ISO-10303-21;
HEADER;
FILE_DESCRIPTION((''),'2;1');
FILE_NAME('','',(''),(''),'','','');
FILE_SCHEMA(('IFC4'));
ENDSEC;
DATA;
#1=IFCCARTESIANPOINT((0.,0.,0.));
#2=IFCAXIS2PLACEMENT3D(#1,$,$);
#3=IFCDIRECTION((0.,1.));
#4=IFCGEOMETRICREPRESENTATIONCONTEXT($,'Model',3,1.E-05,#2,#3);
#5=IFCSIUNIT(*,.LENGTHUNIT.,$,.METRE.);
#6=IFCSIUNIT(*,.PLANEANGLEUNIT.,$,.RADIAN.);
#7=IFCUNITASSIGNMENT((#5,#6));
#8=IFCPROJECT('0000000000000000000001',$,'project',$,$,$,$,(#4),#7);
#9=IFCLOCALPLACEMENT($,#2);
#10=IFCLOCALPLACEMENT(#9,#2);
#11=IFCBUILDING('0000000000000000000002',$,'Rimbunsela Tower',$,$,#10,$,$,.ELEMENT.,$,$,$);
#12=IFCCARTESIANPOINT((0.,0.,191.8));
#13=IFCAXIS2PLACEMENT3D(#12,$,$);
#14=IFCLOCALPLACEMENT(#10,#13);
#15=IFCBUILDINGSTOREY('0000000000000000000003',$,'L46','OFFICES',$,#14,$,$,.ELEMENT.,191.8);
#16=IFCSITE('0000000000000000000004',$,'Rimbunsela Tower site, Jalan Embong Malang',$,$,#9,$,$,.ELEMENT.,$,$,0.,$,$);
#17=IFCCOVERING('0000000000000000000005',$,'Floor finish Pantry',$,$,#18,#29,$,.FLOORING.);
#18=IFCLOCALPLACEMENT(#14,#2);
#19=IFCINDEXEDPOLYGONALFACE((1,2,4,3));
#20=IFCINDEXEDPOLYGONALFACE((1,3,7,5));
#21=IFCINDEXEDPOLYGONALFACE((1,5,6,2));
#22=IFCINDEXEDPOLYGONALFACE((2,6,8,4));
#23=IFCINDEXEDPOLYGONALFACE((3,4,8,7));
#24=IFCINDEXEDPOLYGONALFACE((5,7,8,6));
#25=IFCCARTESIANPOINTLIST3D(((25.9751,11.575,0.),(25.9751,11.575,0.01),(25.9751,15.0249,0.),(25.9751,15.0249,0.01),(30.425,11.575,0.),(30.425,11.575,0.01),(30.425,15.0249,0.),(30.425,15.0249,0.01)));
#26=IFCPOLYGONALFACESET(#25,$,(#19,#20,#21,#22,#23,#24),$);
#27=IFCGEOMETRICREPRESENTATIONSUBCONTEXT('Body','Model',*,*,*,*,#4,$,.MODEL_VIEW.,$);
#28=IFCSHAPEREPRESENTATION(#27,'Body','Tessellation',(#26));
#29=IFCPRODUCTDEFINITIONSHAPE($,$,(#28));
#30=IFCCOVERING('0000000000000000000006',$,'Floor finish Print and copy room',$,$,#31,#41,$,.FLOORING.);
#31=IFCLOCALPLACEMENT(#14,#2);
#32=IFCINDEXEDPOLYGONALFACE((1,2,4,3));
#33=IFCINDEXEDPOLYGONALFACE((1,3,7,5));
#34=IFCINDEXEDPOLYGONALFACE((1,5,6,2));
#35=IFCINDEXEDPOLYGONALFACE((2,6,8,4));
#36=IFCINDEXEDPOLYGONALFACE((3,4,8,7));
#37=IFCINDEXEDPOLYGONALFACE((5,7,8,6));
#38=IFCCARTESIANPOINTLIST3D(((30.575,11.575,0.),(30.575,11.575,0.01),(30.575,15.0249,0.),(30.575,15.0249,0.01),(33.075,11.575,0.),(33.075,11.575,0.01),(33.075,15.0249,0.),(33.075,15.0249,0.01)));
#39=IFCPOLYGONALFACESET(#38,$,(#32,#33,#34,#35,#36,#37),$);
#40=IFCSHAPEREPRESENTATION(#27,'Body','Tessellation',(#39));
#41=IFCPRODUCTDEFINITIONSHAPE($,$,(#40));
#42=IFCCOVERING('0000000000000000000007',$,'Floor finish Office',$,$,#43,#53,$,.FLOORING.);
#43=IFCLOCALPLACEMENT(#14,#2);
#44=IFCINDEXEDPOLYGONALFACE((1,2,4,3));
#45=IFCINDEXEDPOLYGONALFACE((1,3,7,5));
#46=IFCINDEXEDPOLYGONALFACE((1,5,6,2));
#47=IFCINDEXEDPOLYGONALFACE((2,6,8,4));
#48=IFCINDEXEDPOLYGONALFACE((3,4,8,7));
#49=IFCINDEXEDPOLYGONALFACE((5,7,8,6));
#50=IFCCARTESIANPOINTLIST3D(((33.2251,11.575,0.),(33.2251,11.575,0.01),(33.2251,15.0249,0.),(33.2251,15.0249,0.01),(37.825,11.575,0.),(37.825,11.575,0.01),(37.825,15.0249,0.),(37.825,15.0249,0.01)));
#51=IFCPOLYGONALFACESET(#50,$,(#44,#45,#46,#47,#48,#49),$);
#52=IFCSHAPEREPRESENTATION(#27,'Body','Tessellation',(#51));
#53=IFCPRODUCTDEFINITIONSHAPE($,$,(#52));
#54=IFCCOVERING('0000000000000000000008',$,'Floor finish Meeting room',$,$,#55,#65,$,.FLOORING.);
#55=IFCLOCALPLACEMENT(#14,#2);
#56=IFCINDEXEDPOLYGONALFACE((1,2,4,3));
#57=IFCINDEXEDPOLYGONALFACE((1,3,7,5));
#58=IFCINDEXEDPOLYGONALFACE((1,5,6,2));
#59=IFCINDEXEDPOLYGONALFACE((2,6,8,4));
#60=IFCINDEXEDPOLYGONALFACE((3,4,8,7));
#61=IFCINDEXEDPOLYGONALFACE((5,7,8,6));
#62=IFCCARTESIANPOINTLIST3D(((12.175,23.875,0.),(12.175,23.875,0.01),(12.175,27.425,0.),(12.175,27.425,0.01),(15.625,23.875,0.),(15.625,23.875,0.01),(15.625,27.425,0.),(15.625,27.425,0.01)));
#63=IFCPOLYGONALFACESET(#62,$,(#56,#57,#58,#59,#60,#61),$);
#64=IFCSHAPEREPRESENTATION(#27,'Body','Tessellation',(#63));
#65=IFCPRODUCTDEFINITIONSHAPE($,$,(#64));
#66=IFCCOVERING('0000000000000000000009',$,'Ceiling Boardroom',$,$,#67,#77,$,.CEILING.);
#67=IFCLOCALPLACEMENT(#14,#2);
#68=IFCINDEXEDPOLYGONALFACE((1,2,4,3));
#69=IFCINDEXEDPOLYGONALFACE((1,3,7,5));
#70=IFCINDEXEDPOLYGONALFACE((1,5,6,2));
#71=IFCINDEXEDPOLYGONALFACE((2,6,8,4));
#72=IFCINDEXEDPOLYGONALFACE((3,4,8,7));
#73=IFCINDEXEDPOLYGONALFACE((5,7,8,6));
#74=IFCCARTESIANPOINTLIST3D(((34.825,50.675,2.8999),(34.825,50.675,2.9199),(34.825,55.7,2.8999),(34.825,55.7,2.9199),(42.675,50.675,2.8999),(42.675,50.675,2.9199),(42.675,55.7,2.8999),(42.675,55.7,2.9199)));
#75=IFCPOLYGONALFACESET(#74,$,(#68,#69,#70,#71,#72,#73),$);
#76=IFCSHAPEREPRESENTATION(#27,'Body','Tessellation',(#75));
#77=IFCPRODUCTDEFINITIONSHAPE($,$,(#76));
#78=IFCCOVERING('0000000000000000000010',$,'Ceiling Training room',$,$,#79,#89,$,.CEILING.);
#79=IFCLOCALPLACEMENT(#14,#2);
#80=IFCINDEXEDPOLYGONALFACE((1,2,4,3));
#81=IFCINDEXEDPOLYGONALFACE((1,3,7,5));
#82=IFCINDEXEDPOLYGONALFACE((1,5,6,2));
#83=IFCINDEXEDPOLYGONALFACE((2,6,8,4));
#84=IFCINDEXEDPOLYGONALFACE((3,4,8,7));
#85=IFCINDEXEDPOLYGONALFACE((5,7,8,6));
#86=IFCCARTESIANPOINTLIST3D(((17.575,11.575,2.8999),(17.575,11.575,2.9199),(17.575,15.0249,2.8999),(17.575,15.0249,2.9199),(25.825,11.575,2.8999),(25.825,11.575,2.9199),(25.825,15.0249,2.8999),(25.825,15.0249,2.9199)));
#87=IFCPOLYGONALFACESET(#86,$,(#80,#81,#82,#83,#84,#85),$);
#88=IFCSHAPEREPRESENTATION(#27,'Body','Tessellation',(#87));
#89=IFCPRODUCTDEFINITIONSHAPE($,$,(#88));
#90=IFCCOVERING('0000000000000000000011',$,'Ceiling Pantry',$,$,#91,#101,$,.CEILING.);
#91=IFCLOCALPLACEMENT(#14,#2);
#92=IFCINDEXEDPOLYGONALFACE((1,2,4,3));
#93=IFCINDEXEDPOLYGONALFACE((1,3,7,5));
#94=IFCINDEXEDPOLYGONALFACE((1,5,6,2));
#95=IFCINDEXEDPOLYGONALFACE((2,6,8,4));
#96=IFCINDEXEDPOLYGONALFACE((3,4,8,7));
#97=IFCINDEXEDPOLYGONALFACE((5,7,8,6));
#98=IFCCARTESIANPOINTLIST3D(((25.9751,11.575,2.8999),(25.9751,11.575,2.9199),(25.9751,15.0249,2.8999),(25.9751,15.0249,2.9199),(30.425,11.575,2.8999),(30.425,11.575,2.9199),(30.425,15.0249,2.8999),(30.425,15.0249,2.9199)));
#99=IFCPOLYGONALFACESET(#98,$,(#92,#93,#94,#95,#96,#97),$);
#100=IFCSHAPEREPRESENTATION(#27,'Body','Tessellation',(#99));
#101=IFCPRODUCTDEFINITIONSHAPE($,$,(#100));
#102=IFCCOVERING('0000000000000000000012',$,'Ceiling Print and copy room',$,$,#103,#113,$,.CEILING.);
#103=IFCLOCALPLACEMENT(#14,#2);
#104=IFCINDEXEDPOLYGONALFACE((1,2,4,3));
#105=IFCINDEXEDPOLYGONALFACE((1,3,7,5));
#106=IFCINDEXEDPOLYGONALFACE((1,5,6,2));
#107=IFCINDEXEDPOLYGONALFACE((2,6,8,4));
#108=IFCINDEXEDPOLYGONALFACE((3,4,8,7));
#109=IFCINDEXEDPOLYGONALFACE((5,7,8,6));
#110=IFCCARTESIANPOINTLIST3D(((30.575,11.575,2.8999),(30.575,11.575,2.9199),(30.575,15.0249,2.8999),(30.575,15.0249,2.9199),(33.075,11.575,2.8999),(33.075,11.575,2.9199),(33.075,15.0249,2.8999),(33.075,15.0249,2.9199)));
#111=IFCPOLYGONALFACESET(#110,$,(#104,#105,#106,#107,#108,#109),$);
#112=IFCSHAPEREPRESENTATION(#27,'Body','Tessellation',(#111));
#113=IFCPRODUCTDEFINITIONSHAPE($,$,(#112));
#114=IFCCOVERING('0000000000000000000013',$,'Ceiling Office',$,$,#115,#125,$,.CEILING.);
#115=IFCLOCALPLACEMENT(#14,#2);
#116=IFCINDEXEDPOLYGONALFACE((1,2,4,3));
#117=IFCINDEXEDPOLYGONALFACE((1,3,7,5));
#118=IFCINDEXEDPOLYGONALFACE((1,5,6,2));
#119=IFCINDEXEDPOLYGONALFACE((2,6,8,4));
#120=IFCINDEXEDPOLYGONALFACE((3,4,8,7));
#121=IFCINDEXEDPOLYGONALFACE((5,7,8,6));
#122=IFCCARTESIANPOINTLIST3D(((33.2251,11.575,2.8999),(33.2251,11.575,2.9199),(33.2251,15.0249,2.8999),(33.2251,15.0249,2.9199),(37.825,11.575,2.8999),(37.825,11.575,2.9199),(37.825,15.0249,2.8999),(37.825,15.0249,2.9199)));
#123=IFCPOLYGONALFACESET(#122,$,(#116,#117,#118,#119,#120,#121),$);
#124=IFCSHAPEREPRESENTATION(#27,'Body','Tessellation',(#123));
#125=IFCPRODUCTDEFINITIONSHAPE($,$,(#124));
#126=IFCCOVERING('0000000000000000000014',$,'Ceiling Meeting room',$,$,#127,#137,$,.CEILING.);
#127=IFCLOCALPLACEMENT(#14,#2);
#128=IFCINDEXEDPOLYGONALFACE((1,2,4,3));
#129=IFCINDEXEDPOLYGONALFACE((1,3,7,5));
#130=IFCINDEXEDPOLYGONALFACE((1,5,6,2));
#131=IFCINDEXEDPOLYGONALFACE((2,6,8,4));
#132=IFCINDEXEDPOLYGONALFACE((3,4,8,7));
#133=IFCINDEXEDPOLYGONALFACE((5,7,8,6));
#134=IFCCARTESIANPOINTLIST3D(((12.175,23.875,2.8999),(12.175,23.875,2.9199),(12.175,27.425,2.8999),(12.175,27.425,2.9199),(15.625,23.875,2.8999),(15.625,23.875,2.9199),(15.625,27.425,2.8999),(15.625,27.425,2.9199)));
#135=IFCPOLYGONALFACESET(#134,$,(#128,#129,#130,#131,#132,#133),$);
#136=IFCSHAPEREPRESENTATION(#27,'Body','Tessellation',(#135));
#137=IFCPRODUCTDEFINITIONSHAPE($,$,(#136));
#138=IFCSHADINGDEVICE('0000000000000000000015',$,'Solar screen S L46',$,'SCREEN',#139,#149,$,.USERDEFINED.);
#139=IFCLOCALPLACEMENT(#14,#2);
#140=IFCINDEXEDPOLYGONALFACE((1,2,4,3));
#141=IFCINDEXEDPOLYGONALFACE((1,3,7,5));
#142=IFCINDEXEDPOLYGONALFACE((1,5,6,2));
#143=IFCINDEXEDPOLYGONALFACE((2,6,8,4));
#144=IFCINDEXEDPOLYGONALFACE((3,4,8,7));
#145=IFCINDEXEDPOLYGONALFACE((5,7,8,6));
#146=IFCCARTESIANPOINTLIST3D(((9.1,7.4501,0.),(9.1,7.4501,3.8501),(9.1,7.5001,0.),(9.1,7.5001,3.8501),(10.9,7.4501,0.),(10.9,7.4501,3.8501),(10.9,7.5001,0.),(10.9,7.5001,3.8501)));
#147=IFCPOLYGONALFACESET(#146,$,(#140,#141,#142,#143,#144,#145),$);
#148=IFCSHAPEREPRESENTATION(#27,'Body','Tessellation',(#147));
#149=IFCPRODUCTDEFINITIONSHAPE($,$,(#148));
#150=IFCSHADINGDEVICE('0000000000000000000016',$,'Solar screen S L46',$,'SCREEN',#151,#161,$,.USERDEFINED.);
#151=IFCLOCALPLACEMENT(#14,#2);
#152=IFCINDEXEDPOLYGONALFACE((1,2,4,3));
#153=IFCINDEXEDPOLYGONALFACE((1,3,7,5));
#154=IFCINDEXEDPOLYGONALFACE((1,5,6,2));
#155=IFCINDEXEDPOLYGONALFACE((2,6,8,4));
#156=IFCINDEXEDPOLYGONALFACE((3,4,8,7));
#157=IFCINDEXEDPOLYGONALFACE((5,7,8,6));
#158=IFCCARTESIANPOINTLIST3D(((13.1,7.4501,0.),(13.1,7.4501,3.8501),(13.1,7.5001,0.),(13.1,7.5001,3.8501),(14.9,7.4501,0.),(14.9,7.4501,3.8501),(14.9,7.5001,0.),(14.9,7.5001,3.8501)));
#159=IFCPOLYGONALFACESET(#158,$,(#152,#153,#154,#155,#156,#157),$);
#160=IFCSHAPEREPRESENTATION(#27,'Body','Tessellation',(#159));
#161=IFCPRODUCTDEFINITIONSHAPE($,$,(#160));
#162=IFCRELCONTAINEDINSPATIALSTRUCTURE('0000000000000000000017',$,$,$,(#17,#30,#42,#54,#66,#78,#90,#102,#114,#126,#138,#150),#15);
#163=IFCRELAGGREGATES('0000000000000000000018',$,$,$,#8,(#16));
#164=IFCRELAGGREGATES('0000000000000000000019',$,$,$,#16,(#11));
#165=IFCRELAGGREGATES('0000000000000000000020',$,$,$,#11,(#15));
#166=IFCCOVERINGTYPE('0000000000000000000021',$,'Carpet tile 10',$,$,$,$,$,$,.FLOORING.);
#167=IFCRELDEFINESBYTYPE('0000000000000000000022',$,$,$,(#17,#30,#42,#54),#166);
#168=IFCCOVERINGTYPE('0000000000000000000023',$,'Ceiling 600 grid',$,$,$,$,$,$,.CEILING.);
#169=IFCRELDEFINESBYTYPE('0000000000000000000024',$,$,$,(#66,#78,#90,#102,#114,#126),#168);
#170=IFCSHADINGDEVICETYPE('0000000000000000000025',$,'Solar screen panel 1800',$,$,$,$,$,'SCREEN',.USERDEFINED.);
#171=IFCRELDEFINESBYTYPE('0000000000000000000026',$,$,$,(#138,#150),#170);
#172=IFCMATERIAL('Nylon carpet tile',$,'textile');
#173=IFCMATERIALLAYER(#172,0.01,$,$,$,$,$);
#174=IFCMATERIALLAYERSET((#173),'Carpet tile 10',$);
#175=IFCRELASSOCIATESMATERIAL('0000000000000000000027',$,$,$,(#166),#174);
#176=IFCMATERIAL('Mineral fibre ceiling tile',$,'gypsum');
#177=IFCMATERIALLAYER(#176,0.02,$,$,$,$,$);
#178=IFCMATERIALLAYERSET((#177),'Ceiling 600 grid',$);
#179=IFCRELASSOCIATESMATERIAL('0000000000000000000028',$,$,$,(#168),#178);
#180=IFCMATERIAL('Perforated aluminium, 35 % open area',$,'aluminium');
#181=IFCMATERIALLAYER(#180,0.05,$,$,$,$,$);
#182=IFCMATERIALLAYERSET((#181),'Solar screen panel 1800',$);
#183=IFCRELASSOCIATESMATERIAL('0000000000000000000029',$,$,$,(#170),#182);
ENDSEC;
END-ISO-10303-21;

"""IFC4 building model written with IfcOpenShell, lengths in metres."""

from ifc_helpers import new_model, si_unit, direction, frame, origin, origin_2d, place, context, subcontext, project, spatial, polyline, rectangle, outline, extrude, material, layer, layer_set, type_object, element, save


model = new_model("IFC4")

# Units and contexts
model_context = context("Model", 3, precision=1e-05, world=origin(), true_north=direction((0.0, 1.0)))
body_context = subcontext(model_context, "Body", "Model", "MODEL_VIEW")
ifc_project = project(units=[si_unit("LENGTHUNIT", "METRE"), si_unit("PLANEANGLEUNIT", "RADIAN")], contexts=[model_context])

# Site, building, storey
site_placement = place(None, origin())
site = spatial("IfcSite", under=ifc_project, at=site_placement, Name="Rimbunsela Tower site, Jalan Embong Malang", CompositionType="ELEMENT", RefElevation=0.0)
building_placement = place(site_placement, origin())
building = spatial("IfcBuilding", under=site, at=building_placement, Name="Rimbunsela Tower", CompositionType="ELEMENT")
storey_placement = place(building_placement, frame((0.0, 0.0, 191.8)))
storey = spatial("IfcBuildingStorey", under=building, at=storey_placement, Name="L46", Description="OFFICES", CompositionType="ELEMENT", Elevation=191.8)

# Coverings
ifc_material_1 = material(Name="Nylon carpet tile", Category="textile")
ifc_layer_1 = layer(ifc_material_1, 0.01)
ifc_layer_set_1 = layer_set([ifc_layer_1], Name="Carpet tile 10")
covering_type_1 = type_object("IfcCoveringType", Name="Carpet tile 10", PredefinedType="FLOORING", material=ifc_layer_set_1)
covering_1_placement = place(storey_placement, origin())
element("IfcCovering", 1, at=covering_1_placement, inside=storey, type_object=covering_type_1, Name="Floor finish Pantry", PredefinedType="FLOORING", context=body_context, shape_type="SweptSolid", body=[
    extrude(outline(polyline([(30.425, 11.575), (30.425, 15.0249), (25.9751, 15.0249), (25.9751, 11.575), (30.425, 11.575)])), origin(), (0.0, 0.0, 1.0), 0.01),
])
covering_2_placement = place(storey_placement, origin())
element("IfcCovering", 2, at=covering_2_placement, inside=storey, type_object=covering_type_1, Name="Floor finish Print and copy room", PredefinedType="FLOORING", context=body_context, shape_type="SweptSolid", body=[
    extrude(outline(polyline([(33.075, 11.575), (33.075, 15.0249), (30.575, 15.0249), (30.575, 11.575), (33.075, 11.575)])), origin(), (0.0, 0.0, 1.0), 0.01),
])
covering_3_placement = place(storey_placement, origin())
element("IfcCovering", 3, at=covering_3_placement, inside=storey, type_object=covering_type_1, Name="Floor finish Office", PredefinedType="FLOORING", context=body_context, shape_type="SweptSolid", body=[
    extrude(outline(polyline([(37.825, 11.575), (37.825, 15.0249), (33.2251, 15.0249), (33.2251, 11.575), (37.825, 11.575)])), origin(), (0.0, 0.0, 1.0), 0.01),
])
covering_4_placement = place(storey_placement, origin())
element("IfcCovering", 4, at=covering_4_placement, inside=storey, type_object=covering_type_1, Name="Floor finish Meeting room", PredefinedType="FLOORING", context=body_context, shape_type="SweptSolid", body=[
    extrude(outline(polyline([(15.625, 23.875), (15.625, 27.425), (12.175, 27.425), (12.175, 23.875), (15.625, 23.875)])), origin(), (0.0, 0.0, 1.0), 0.01),
])
ifc_material_2 = material(Name="Mineral fibre ceiling tile", Category="gypsum")
ifc_layer_2 = layer(ifc_material_2, 0.02)
ifc_layer_set_2 = layer_set([ifc_layer_2], Name="Ceiling 600 grid")
covering_type_2 = type_object("IfcCoveringType", Name="Ceiling 600 grid", PredefinedType="CEILING", material=ifc_layer_set_2)
covering_5_placement = place(storey_placement, frame((0.0, 0.0, 2.8999)))
element("IfcCovering", 5, at=covering_5_placement, inside=storey, type_object=covering_type_2, Name="Ceiling Boardroom", PredefinedType="CEILING", context=body_context, shape_type="SweptSolid", body=[
    extrude(outline(polyline([(42.675, 50.675), (42.675, 55.7), (34.825, 55.7), (34.825, 50.675), (42.675, 50.675)])), origin(), (0.0, 0.0, 1.0), 0.02),
])
covering_6_placement = place(storey_placement, frame((0.0, 0.0, 2.8999)))
element("IfcCovering", 6, at=covering_6_placement, inside=storey, type_object=covering_type_2, Name="Ceiling Training room", PredefinedType="CEILING", context=body_context, shape_type="SweptSolid", body=[
    extrude(outline(polyline([(25.825, 11.575), (25.825, 15.0249), (17.575, 15.0249), (17.575, 11.575), (25.825, 11.575)])), origin(), (0.0, 0.0, 1.0), 0.02),
])
covering_7_placement = place(storey_placement, frame((0.0, 0.0, 2.8999)))
element("IfcCovering", 7, at=covering_7_placement, inside=storey, type_object=covering_type_2, Name="Ceiling Pantry", PredefinedType="CEILING", context=body_context, shape_type="SweptSolid", body=[
    extrude(outline(polyline([(30.425, 11.575), (30.425, 15.0249), (25.9751, 15.0249), (25.9751, 11.575), (30.425, 11.575)])), origin(), (0.0, 0.0, 1.0), 0.02),
])
covering_8_placement = place(storey_placement, frame((0.0, 0.0, 2.8999)))
element("IfcCovering", 8, at=covering_8_placement, inside=storey, type_object=covering_type_2, Name="Ceiling Print and copy room", PredefinedType="CEILING", context=body_context, shape_type="SweptSolid", body=[
    extrude(outline(polyline([(33.075, 11.575), (33.075, 15.0249), (30.575, 15.0249), (30.575, 11.575), (33.075, 11.575)])), origin(), (0.0, 0.0, 1.0), 0.02),
])
covering_9_placement = place(storey_placement, frame((0.0, 0.0, 2.8999)))
element("IfcCovering", 9, at=covering_9_placement, inside=storey, type_object=covering_type_2, Name="Ceiling Office", PredefinedType="CEILING", context=body_context, shape_type="SweptSolid", body=[
    extrude(outline(polyline([(37.825, 11.575), (37.825, 15.0249), (33.2251, 15.0249), (33.2251, 11.575), (37.825, 11.575)])), origin(), (0.0, 0.0, 1.0), 0.02),
])
covering_10_placement = place(storey_placement, frame((0.0, 0.0, 2.8999)))
element("IfcCovering", 10, at=covering_10_placement, inside=storey, type_object=covering_type_2, Name="Ceiling Meeting room", PredefinedType="CEILING", context=body_context, shape_type="SweptSolid", body=[
    extrude(outline(polyline([(15.625, 23.875), (15.625, 27.425), (12.175, 27.425), (12.175, 23.875), (15.625, 23.875)])), origin(), (0.0, 0.0, 1.0), 0.02),
])

# Shading devices
ifc_material_3 = material(Name="Perforated aluminium, 35 % open area", Category="aluminium")
ifc_layer_3 = layer(ifc_material_3, 0.05)
ifc_layer_set_3 = layer_set([ifc_layer_3], Name="Solar screen panel 1800")
shading_device_type = type_object("IfcShadingDeviceType", Name="Solar screen panel 1800", ElementType="SCREEN", PredefinedType="USERDEFINED", material=ifc_layer_set_3)
for number, where, z_axis, x_axis, name in (
    (11, (10.0, 7.4751, 0.0), (0.0, 0.0, 1.0), (1.0, 0.0, 0.0), "Solar screen S L46"),
    (12, (14.0, 7.4751, 0.0), (0.0, 0.0, 1.0), (1.0, 0.0, 0.0), "Solar screen S L46"),
):
    element("IfcShadingDevice", number, at=place(storey_placement, frame(where, z_axis=z_axis, x_axis=x_axis)), inside=storey, type_object=shading_device_type, Name=name, ObjectType="SCREEN", PredefinedType="USERDEFINED", context=body_context, shape_type="SweptSolid", body=[
        extrude(rectangle(XDim=1.8, YDim=0.05, at=origin_2d()), origin(), (0.0, 0.0, 1.0), 3.8501),
    ])

save(model, "model.ifc")
